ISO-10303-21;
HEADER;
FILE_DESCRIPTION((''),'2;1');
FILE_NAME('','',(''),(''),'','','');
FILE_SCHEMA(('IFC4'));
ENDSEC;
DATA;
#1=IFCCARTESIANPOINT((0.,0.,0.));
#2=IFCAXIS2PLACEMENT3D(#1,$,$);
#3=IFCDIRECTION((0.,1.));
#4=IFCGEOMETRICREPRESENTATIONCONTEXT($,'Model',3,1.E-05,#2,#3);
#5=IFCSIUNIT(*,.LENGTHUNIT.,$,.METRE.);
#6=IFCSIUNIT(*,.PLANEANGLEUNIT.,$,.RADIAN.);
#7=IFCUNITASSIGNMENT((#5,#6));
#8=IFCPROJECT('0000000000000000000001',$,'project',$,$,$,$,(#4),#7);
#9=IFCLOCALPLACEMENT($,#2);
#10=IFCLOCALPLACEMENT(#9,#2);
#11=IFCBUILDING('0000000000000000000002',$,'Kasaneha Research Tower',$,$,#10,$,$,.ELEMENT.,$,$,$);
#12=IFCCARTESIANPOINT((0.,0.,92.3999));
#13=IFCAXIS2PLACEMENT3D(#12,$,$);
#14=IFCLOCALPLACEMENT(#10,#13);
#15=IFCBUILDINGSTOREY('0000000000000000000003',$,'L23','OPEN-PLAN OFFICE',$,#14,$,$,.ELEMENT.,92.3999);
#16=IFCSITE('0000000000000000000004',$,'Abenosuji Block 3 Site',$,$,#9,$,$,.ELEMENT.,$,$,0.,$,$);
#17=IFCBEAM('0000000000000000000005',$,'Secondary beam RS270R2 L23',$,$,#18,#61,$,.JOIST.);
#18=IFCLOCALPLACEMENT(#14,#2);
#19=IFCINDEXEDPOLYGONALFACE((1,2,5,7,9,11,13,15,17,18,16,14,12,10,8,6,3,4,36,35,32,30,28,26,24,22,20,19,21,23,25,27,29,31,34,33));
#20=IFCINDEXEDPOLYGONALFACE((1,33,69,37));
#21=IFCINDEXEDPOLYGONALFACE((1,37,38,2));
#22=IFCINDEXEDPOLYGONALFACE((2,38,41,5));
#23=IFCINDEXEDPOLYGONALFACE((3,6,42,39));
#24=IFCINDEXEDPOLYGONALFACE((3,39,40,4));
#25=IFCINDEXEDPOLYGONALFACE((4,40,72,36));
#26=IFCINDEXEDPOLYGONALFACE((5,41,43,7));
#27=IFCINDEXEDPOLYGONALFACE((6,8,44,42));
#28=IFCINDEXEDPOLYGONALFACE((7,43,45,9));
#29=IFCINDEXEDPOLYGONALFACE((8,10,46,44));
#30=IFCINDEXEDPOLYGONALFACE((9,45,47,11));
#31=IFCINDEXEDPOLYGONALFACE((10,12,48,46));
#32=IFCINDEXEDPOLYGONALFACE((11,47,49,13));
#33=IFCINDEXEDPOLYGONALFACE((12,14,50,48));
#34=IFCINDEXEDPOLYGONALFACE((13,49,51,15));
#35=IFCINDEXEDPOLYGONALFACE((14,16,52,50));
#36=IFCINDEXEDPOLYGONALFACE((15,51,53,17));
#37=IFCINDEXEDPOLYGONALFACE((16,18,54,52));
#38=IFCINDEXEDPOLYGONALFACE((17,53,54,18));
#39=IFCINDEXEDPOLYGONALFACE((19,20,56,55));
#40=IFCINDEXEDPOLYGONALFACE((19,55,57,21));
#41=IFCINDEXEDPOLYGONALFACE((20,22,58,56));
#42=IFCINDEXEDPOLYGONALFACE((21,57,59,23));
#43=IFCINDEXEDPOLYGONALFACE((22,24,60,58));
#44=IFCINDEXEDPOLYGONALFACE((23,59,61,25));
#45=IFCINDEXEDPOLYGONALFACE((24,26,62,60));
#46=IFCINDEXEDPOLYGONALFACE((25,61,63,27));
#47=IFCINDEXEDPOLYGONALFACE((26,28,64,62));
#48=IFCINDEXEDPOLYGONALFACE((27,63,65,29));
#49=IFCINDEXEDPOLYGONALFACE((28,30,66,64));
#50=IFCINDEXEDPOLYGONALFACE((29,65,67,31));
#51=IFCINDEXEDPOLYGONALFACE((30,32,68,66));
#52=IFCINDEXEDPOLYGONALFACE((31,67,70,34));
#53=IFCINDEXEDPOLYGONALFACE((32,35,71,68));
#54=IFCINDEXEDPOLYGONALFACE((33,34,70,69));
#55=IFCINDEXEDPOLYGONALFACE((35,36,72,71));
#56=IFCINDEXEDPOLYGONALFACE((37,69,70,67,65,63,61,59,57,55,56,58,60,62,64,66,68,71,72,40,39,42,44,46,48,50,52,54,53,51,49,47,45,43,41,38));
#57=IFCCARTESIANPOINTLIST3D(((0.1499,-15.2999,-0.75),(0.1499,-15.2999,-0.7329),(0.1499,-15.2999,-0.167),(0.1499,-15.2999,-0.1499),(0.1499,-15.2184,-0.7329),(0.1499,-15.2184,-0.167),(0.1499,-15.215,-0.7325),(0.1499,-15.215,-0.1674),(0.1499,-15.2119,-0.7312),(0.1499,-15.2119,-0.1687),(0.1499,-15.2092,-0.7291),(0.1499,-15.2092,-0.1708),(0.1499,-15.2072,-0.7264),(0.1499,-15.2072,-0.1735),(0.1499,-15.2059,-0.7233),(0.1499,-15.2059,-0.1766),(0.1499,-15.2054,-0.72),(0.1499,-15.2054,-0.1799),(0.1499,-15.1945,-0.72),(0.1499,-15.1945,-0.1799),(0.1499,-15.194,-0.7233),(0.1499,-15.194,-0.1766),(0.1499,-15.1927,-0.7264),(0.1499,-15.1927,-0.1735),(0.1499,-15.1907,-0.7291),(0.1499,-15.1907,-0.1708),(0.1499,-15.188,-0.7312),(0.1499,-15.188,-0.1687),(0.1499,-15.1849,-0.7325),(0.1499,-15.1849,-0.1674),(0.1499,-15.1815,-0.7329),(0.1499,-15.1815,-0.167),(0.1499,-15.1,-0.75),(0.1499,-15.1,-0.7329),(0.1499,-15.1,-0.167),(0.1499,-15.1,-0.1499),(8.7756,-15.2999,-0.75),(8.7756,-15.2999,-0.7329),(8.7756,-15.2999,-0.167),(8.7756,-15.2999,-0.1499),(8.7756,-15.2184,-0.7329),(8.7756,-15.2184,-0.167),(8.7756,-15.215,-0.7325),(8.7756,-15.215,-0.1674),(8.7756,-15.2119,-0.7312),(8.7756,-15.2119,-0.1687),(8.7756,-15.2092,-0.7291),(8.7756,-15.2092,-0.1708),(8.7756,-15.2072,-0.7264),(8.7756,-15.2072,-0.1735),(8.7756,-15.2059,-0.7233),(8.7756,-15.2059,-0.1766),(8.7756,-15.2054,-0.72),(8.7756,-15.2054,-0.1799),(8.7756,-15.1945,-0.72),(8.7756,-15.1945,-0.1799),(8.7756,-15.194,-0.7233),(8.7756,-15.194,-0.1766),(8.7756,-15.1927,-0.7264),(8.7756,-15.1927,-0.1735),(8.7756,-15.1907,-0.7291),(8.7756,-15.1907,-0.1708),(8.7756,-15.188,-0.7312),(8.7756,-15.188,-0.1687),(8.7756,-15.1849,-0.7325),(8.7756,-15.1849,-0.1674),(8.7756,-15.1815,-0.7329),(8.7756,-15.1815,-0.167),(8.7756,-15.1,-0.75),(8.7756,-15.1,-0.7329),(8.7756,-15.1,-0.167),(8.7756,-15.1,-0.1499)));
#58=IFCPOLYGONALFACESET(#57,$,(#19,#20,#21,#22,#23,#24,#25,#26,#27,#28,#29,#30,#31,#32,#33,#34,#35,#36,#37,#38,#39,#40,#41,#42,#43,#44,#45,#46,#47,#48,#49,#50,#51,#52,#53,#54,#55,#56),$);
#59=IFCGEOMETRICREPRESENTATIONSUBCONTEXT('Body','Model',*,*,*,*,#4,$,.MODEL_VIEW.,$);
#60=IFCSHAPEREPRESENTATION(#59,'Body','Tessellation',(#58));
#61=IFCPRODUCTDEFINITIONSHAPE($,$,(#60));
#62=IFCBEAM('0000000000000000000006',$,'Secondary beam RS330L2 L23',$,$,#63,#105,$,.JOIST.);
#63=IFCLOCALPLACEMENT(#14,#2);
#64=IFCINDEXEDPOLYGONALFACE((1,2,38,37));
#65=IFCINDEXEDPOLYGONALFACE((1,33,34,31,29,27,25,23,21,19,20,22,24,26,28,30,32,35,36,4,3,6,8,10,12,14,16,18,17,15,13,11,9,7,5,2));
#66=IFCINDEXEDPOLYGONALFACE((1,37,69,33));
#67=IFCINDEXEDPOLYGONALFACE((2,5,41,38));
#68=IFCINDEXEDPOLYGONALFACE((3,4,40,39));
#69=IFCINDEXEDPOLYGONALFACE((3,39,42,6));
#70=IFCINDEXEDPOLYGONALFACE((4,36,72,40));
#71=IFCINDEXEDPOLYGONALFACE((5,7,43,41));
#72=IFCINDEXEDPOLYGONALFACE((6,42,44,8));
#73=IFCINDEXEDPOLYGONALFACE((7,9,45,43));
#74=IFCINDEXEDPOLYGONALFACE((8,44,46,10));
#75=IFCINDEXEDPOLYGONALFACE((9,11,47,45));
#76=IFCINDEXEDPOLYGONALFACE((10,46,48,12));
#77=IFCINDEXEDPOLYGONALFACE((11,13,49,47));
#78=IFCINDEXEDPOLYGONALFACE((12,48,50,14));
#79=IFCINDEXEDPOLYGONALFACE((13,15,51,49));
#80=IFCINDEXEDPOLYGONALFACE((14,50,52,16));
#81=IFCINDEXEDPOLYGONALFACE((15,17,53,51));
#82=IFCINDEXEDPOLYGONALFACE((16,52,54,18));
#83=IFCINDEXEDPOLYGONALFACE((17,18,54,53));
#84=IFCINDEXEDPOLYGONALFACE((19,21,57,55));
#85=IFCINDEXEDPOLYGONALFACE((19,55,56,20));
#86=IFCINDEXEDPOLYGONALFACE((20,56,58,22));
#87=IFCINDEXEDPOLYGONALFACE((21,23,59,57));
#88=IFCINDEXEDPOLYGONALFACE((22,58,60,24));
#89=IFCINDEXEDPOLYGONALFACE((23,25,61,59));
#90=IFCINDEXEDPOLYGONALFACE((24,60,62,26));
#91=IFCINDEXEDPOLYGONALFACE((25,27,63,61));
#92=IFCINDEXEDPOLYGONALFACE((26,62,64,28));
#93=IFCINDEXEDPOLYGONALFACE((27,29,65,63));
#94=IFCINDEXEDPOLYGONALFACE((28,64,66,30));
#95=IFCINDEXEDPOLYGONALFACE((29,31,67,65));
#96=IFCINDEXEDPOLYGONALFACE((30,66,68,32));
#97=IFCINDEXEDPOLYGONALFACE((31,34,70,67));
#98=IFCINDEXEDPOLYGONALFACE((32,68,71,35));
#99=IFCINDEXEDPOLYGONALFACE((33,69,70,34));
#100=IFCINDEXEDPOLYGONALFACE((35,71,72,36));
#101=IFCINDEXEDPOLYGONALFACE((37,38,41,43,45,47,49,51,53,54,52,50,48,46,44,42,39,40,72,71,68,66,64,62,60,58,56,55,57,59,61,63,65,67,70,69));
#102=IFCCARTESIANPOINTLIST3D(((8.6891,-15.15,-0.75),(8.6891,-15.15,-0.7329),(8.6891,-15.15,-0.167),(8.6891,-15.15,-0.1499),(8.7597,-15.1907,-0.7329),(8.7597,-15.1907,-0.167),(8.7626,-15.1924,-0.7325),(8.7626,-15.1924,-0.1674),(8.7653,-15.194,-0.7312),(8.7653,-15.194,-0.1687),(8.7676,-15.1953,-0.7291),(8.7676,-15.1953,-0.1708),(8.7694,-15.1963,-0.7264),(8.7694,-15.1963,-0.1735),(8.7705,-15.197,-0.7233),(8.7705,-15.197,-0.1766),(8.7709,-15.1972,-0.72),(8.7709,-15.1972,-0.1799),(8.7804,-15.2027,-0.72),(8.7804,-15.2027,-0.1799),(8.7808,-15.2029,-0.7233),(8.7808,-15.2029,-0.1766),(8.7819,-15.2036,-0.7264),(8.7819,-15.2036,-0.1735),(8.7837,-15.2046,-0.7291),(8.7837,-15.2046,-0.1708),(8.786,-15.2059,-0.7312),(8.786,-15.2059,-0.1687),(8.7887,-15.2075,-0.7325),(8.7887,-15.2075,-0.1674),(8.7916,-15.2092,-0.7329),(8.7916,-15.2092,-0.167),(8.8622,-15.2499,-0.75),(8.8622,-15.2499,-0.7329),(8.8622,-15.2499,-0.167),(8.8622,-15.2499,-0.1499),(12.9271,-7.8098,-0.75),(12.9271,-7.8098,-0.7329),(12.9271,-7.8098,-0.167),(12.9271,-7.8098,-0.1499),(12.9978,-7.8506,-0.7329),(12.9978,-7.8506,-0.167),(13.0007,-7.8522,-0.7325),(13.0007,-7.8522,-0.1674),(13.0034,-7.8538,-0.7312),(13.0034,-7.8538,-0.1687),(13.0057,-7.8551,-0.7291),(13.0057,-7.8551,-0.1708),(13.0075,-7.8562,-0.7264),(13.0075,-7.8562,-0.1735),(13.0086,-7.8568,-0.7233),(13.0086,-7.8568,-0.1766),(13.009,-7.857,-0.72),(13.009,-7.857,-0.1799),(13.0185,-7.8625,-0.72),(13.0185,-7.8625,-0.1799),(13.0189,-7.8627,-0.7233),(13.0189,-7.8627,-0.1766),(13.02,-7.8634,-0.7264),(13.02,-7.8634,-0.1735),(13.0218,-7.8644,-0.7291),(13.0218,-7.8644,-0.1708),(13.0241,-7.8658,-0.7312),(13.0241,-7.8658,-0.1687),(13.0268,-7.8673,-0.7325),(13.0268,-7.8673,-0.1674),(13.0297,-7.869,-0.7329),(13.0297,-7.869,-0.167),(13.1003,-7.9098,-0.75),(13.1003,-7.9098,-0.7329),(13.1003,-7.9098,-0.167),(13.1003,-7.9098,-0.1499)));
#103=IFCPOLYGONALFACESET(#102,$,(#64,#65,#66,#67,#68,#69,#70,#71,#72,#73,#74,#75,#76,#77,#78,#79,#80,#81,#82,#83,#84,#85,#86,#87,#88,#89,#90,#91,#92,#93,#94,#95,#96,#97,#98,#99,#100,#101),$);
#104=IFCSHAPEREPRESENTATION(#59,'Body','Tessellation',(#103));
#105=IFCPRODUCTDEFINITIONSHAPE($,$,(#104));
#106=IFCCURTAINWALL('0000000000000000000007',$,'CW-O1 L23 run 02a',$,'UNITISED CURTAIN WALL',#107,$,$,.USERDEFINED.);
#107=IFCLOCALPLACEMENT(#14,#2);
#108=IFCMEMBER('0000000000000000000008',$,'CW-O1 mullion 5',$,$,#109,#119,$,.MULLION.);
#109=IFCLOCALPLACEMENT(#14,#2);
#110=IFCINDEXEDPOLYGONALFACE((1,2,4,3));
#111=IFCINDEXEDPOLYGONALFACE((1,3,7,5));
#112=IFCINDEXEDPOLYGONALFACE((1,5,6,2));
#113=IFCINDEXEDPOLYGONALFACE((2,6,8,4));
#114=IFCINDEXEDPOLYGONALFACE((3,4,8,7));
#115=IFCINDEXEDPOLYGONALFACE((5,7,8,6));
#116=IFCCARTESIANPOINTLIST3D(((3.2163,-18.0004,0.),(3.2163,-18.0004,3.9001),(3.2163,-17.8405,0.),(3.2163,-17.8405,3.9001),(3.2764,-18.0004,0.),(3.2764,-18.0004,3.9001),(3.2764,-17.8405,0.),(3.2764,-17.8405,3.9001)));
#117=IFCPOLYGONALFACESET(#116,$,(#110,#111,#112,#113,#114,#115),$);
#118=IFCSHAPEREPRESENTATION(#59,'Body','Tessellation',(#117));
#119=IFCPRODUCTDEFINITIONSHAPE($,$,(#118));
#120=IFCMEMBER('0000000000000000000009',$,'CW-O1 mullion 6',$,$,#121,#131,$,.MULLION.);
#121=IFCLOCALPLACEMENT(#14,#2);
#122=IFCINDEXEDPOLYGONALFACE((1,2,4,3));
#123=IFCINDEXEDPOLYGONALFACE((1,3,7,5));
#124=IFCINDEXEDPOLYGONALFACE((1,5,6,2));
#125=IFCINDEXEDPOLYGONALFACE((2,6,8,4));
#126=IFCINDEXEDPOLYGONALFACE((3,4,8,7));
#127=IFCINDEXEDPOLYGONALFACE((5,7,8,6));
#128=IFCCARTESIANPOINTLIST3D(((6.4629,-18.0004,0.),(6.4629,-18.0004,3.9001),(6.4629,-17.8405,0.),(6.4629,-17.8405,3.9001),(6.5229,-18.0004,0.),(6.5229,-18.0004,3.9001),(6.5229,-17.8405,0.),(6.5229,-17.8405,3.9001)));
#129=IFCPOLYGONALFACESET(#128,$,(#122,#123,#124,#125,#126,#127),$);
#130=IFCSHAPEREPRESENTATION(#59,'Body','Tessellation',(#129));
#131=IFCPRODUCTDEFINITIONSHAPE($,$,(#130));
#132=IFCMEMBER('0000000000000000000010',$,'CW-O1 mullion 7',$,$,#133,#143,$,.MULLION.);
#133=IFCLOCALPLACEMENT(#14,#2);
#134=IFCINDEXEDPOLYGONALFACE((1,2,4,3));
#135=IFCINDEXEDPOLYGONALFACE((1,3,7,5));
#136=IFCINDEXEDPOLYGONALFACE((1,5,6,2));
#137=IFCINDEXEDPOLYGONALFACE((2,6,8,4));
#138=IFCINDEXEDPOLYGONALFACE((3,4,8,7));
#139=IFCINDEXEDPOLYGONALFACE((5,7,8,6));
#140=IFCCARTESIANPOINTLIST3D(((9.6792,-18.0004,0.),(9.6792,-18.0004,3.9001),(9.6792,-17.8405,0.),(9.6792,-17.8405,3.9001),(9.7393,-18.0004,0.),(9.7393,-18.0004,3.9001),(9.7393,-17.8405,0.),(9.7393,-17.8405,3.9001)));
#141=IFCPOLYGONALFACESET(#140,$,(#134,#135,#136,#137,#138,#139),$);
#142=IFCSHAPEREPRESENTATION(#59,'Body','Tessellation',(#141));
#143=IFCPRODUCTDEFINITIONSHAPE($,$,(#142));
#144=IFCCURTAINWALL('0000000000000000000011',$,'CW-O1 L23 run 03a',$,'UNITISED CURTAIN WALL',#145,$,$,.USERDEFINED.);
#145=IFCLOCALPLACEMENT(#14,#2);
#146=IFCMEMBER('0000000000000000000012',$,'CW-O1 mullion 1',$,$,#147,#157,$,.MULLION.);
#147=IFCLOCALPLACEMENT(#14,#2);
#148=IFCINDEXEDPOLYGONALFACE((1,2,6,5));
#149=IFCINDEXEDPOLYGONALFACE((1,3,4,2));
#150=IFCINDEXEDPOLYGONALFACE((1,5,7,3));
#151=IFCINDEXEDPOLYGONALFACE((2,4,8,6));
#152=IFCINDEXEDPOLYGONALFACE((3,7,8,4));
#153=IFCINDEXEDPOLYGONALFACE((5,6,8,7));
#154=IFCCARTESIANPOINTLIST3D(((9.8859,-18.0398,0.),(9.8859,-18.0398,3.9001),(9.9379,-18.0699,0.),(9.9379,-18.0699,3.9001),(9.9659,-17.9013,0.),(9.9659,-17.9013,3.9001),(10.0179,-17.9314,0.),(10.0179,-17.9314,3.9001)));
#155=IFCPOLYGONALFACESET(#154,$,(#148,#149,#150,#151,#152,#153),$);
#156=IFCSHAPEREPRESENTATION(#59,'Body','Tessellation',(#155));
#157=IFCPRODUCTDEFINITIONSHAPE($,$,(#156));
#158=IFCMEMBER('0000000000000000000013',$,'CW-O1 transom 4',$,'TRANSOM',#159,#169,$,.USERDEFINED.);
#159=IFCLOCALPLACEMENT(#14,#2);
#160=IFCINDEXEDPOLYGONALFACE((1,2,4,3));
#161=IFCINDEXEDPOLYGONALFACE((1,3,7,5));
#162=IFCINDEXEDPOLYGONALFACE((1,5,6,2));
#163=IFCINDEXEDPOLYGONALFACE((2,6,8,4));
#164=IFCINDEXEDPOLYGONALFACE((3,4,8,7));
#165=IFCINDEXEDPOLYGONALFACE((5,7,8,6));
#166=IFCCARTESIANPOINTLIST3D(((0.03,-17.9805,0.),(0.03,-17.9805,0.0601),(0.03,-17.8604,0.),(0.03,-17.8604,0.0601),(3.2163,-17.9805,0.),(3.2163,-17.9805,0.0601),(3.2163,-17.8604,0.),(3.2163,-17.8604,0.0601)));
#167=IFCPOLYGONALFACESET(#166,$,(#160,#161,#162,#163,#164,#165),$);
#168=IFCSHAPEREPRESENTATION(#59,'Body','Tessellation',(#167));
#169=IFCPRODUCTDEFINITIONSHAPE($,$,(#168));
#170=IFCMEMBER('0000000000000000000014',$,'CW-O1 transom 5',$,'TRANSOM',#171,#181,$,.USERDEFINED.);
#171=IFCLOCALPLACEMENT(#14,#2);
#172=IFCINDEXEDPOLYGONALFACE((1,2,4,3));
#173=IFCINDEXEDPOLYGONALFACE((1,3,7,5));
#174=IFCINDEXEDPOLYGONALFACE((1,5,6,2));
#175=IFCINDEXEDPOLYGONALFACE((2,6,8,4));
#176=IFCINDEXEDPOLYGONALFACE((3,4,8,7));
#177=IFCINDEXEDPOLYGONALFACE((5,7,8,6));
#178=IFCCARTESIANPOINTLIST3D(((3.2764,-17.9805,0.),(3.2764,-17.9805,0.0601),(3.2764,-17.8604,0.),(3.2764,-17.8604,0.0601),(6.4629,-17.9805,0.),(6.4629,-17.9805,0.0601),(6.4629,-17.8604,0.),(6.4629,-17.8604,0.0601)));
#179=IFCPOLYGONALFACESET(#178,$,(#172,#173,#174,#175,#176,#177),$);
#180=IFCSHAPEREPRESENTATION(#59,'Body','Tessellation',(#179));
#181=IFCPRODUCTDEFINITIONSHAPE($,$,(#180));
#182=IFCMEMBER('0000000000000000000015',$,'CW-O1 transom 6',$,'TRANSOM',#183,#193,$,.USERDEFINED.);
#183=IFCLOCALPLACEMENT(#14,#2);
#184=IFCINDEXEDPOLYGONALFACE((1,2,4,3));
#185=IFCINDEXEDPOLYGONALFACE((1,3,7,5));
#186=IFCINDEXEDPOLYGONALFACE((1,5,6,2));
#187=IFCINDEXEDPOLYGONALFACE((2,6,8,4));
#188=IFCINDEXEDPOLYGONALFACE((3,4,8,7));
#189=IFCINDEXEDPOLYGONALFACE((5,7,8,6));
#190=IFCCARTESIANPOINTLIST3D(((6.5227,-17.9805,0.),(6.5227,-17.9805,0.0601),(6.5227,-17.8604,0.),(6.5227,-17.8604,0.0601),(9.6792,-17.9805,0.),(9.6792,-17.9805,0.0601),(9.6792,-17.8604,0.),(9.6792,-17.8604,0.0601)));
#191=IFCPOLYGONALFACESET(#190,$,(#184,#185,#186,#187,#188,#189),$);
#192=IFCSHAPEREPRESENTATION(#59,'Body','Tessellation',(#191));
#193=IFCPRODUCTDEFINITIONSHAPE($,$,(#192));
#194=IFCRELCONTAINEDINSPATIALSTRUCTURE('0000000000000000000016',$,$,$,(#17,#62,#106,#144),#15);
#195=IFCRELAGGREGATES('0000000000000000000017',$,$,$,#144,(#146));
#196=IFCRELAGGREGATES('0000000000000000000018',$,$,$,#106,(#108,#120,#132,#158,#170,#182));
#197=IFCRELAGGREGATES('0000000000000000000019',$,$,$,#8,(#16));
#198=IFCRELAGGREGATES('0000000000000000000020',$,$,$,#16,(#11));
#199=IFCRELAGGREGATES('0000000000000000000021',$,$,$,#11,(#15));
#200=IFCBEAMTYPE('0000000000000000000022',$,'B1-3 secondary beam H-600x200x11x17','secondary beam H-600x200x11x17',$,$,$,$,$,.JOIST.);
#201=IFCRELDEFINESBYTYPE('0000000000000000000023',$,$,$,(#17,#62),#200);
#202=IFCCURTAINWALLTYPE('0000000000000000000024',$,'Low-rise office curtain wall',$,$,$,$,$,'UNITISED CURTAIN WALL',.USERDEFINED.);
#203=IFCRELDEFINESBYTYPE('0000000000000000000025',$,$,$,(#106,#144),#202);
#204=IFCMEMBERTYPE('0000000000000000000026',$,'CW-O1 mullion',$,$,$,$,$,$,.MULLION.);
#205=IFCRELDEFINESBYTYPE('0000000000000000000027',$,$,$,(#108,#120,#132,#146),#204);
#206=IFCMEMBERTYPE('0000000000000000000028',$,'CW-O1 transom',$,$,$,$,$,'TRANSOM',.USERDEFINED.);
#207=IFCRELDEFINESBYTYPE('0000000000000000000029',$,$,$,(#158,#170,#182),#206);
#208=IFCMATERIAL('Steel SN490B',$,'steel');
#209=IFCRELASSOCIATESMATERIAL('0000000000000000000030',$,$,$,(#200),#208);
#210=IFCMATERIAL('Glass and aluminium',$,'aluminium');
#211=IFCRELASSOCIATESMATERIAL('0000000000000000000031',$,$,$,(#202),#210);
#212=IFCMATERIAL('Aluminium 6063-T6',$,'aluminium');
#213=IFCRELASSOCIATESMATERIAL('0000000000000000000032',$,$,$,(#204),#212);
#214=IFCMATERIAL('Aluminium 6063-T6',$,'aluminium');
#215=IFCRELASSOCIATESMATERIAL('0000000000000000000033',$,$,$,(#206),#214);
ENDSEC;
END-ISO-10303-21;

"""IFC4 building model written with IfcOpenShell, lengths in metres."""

from ifc_helpers import new_model, si_unit, direction, frame, origin, origin_2d, place, context, subcontext, project, spatial, rectangle, i_section, extrude, material, material_profile, profile_set, type_object, element, aggregate, save


model = new_model("IFC4")

# Units and contexts
model_context = context("Model", 3, precision=1e-05, world=origin(), true_north=direction((0.0, 1.0)))
body_context = subcontext(model_context, "Body", "Model", "MODEL_VIEW")
ifc_project = project(units=[si_unit("LENGTHUNIT", "METRE"), si_unit("PLANEANGLEUNIT", "RADIAN")], contexts=[model_context])

# Site, building, storey
site_placement = place(None, origin())
site = spatial("IfcSite", under=ifc_project, at=site_placement, Name="Abenosuji Block 3 Site", CompositionType="ELEMENT", RefElevation=0.0)
building_placement = place(site_placement, origin())
building = spatial("IfcBuilding", under=site, at=building_placement, Name="Kasaneha Research Tower", CompositionType="ELEMENT")
storey_placement = place(building_placement, frame((0.0, 0.0, 92.3999)))
storey = spatial("IfcBuildingStorey", under=building, at=storey_placement, Name="L23", Description="OPEN-PLAN OFFICE", CompositionType="ELEMENT", Elevation=92.3999)

# Beams
ifc_material_1 = material(Name="Steel SN490B", Category="steel")
ifc_material_profile_1 = material_profile(ifc_material_1, i_section(OverallWidth=0.2, OverallDepth=0.6001, WebThickness=0.011, FlangeThickness=0.0171, FilletRadius=0.0129, at=origin_2d()), Name="H-600x200x11x17")
ifc_profile_set_1 = profile_set([ifc_material_profile_1], Name="Steel SN490B")
beam_type = type_object("IfcBeamType", Name="B1-3 secondary beam H-600x200x11x17", Description="secondary beam H-600x200x11x17", PredefinedType="JOIST", material=ifc_profile_set_1)
beam_1_placement = place(storey_placement, frame((8.7756, -15.2, -0.45), z_axis=(-1.0, 0.0, 0.0), x_axis=(0.0, -1.0, 0.0)))
element("IfcBeam", 1, at=beam_1_placement, inside=storey, type_object=beam_type, Name="Secondary beam RS270R2 L23", PredefinedType="JOIST", context=body_context, shape_type="SweptSolid", body=[
    extrude(i_section(OverallWidth=0.2, OverallDepth=0.6001, WebThickness=0.011, FlangeThickness=0.0171, FilletRadius=0.0129, at=origin_2d()), origin(), (0.0, 0.0, 1.0), 8.6257),
])
beam_2_placement = place(storey_placement, frame((8.7756, -15.2, -0.45), z_axis=(0.500021, 0.866013, 0.0), x_axis=(-0.866013, 0.500021, 0.0)))
element("IfcBeam", 2, at=beam_2_placement, inside=storey, type_object=beam_type, Name="Secondary beam RS330L2 L23", PredefinedType="JOIST", context=body_context, shape_type="SweptSolid", body=[
    extrude(i_section(OverallWidth=0.2, OverallDepth=0.6001, WebThickness=0.011, FlangeThickness=0.0171, FilletRadius=0.0129, at=origin_2d()), origin(), (0.0, 0.0, 1.0), 8.4758),
])

# Curtain wall, members
ifc_material_2 = material(Name="Glass and aluminium", Category="aluminium")
curtain_wall_type = type_object("IfcCurtainWallType", Name="Low-rise office curtain wall", ElementType="UNITISED CURTAIN WALL", PredefinedType="USERDEFINED", material=ifc_material_2)
curtain_wall_1_placement = place(storey_placement, origin())
curtain_wall_1 = element("IfcCurtainWall", 3, at=curtain_wall_1_placement, inside=storey, type_object=curtain_wall_type, Name="CW-O1 L23 run 02a", ObjectType="UNITISED CURTAIN WALL", PredefinedType="USERDEFINED")
ifc_material_3 = material(Name="Aluminium 6063-T6", Category="aluminium")
ifc_material_profile_2 = material_profile(ifc_material_3, rectangle(XDim=0.0601, YDim=0.1599, at=origin_2d()), Name="CW-O1 mullion 60x160")
ifc_profile_set_2 = profile_set([ifc_material_profile_2], Name="Aluminium 6063-T6")
member_type_1 = type_object("IfcMemberType", Name="CW-O1 mullion", PredefinedType="MULLION", material=ifc_profile_set_2)
member_1_placement = place(storey_placement, frame((3.2463, -17.9204, 0.0), z_axis=(0.0, 0.0, 1.0), x_axis=(1.0, 0.0, 0.0)))
member_1 = element("IfcMember", 4, at=member_1_placement, type_object=member_type_1, Name="CW-O1 mullion 5", PredefinedType="MULLION", context=body_context, shape_type="SweptSolid", body=[
    extrude(rectangle(XDim=0.0601, YDim=0.1599, at=origin_2d()), origin(), (0.0, 0.0, 1.0), 3.9001),
])
member_2_placement = place(storey_placement, frame((6.4929, -17.9204, 0.0), z_axis=(0.0, 0.0, 1.0), x_axis=(1.0, 0.0, 0.0)))
member_2 = element("IfcMember", 5, at=member_2_placement, type_object=member_type_1, Name="CW-O1 mullion 6", PredefinedType="MULLION", context=body_context, shape_type="SweptSolid", body=[
    extrude(rectangle(XDim=0.0601, YDim=0.1599, at=origin_2d()), origin(), (0.0, 0.0, 1.0), 3.9001),
])
member_3_placement = place(storey_placement, frame((9.7092, -17.9204, 0.0), z_axis=(0.0, 0.0, 1.0), x_axis=(1.0, 0.0, 0.0)))
member_3 = element("IfcMember", 6, at=member_3_placement, type_object=member_type_1, Name="CW-O1 mullion 7", PredefinedType="MULLION", context=body_context, shape_type="SweptSolid", body=[
    extrude(rectangle(XDim=0.0601, YDim=0.1599, at=origin_2d()), origin(), (0.0, 0.0, 1.0), 3.9001),
])

# Curtain wall, member
curtain_wall_2_placement = place(storey_placement, origin())
curtain_wall_2 = element("IfcCurtainWall", 7, at=curtain_wall_2_placement, inside=storey, type_object=curtain_wall_type, Name="CW-O1 L23 run 03a", ObjectType="UNITISED CURTAIN WALL", PredefinedType="USERDEFINED")
member_4_placement = place(storey_placement, frame((9.9519, -17.9856, 0.0), z_axis=(0.0, 0.0, 1.0), x_axis=(0.866025, -0.5, 0.0)))
member_4 = element("IfcMember", 8, at=member_4_placement, type_object=member_type_1, Name="CW-O1 mullion 1", PredefinedType="MULLION", context=body_context, shape_type="SweptSolid", body=[
    extrude(rectangle(XDim=0.0601, YDim=0.1599, at=origin_2d()), origin(), (0.0, 0.0, 1.0), 3.9001),
])
aggregate(curtain_wall_2, [member_4])

# Members
ifc_material_4 = material(Name="Aluminium 6063-T6", Category="aluminium")
ifc_material_profile_3 = material_profile(ifc_material_4, rectangle(XDim=0.1201, YDim=0.0601, at=origin_2d()), Name="CW-O1 transom 120x60")
ifc_profile_set_3 = profile_set([ifc_material_profile_3], Name="Aluminium 6063-T6")
member_type_2 = type_object("IfcMemberType", Name="CW-O1 transom", ElementType="TRANSOM", PredefinedType="USERDEFINED", material=ifc_profile_set_3)
member_5_placement = place(storey_placement, frame((0.03, -17.9204, 0.03), z_axis=(1.0, 0.0, 0.0), x_axis=(0.0, 1.0, 0.0)))
member_5 = element("IfcMember", 9, at=member_5_placement, type_object=member_type_2, Name="CW-O1 transom 4", ObjectType="TRANSOM", PredefinedType="USERDEFINED", context=body_context, shape_type="SweptSolid", body=[
    extrude(rectangle(XDim=0.1201, YDim=0.0601, at=origin_2d()), origin(), (0.0, 0.0, 1.0), 3.1863),
])
member_6_placement = place(storey_placement, frame((3.2764, -17.9204, 0.03), z_axis=(1.0, 0.0, 0.0), x_axis=(0.0, 1.0, 0.0)))
member_6 = element("IfcMember", 10, at=member_6_placement, type_object=member_type_2, Name="CW-O1 transom 5", ObjectType="TRANSOM", PredefinedType="USERDEFINED", context=body_context, shape_type="SweptSolid", body=[
    extrude(rectangle(XDim=0.1201, YDim=0.0601, at=origin_2d()), origin(), (0.0, 0.0, 1.0), 3.1865),
])
member_7_placement = place(storey_placement, frame((6.5227, -17.9204, 0.03), z_axis=(1.0, 0.0, 0.0), x_axis=(0.0, 1.0, 0.0)))
member_7 = element("IfcMember", 11, at=member_7_placement, type_object=member_type_2, Name="CW-O1 transom 6", ObjectType="TRANSOM", PredefinedType="USERDEFINED", context=body_context, shape_type="SweptSolid", body=[
    extrude(rectangle(XDim=0.1201, YDim=0.0601, at=origin_2d()), origin(), (0.0, 0.0, 1.0), 3.1565),
])

aggregate(curtain_wall_1, [member_1, member_2, member_3, member_5, member_6, member_7])

save(model, "model.ifc")
